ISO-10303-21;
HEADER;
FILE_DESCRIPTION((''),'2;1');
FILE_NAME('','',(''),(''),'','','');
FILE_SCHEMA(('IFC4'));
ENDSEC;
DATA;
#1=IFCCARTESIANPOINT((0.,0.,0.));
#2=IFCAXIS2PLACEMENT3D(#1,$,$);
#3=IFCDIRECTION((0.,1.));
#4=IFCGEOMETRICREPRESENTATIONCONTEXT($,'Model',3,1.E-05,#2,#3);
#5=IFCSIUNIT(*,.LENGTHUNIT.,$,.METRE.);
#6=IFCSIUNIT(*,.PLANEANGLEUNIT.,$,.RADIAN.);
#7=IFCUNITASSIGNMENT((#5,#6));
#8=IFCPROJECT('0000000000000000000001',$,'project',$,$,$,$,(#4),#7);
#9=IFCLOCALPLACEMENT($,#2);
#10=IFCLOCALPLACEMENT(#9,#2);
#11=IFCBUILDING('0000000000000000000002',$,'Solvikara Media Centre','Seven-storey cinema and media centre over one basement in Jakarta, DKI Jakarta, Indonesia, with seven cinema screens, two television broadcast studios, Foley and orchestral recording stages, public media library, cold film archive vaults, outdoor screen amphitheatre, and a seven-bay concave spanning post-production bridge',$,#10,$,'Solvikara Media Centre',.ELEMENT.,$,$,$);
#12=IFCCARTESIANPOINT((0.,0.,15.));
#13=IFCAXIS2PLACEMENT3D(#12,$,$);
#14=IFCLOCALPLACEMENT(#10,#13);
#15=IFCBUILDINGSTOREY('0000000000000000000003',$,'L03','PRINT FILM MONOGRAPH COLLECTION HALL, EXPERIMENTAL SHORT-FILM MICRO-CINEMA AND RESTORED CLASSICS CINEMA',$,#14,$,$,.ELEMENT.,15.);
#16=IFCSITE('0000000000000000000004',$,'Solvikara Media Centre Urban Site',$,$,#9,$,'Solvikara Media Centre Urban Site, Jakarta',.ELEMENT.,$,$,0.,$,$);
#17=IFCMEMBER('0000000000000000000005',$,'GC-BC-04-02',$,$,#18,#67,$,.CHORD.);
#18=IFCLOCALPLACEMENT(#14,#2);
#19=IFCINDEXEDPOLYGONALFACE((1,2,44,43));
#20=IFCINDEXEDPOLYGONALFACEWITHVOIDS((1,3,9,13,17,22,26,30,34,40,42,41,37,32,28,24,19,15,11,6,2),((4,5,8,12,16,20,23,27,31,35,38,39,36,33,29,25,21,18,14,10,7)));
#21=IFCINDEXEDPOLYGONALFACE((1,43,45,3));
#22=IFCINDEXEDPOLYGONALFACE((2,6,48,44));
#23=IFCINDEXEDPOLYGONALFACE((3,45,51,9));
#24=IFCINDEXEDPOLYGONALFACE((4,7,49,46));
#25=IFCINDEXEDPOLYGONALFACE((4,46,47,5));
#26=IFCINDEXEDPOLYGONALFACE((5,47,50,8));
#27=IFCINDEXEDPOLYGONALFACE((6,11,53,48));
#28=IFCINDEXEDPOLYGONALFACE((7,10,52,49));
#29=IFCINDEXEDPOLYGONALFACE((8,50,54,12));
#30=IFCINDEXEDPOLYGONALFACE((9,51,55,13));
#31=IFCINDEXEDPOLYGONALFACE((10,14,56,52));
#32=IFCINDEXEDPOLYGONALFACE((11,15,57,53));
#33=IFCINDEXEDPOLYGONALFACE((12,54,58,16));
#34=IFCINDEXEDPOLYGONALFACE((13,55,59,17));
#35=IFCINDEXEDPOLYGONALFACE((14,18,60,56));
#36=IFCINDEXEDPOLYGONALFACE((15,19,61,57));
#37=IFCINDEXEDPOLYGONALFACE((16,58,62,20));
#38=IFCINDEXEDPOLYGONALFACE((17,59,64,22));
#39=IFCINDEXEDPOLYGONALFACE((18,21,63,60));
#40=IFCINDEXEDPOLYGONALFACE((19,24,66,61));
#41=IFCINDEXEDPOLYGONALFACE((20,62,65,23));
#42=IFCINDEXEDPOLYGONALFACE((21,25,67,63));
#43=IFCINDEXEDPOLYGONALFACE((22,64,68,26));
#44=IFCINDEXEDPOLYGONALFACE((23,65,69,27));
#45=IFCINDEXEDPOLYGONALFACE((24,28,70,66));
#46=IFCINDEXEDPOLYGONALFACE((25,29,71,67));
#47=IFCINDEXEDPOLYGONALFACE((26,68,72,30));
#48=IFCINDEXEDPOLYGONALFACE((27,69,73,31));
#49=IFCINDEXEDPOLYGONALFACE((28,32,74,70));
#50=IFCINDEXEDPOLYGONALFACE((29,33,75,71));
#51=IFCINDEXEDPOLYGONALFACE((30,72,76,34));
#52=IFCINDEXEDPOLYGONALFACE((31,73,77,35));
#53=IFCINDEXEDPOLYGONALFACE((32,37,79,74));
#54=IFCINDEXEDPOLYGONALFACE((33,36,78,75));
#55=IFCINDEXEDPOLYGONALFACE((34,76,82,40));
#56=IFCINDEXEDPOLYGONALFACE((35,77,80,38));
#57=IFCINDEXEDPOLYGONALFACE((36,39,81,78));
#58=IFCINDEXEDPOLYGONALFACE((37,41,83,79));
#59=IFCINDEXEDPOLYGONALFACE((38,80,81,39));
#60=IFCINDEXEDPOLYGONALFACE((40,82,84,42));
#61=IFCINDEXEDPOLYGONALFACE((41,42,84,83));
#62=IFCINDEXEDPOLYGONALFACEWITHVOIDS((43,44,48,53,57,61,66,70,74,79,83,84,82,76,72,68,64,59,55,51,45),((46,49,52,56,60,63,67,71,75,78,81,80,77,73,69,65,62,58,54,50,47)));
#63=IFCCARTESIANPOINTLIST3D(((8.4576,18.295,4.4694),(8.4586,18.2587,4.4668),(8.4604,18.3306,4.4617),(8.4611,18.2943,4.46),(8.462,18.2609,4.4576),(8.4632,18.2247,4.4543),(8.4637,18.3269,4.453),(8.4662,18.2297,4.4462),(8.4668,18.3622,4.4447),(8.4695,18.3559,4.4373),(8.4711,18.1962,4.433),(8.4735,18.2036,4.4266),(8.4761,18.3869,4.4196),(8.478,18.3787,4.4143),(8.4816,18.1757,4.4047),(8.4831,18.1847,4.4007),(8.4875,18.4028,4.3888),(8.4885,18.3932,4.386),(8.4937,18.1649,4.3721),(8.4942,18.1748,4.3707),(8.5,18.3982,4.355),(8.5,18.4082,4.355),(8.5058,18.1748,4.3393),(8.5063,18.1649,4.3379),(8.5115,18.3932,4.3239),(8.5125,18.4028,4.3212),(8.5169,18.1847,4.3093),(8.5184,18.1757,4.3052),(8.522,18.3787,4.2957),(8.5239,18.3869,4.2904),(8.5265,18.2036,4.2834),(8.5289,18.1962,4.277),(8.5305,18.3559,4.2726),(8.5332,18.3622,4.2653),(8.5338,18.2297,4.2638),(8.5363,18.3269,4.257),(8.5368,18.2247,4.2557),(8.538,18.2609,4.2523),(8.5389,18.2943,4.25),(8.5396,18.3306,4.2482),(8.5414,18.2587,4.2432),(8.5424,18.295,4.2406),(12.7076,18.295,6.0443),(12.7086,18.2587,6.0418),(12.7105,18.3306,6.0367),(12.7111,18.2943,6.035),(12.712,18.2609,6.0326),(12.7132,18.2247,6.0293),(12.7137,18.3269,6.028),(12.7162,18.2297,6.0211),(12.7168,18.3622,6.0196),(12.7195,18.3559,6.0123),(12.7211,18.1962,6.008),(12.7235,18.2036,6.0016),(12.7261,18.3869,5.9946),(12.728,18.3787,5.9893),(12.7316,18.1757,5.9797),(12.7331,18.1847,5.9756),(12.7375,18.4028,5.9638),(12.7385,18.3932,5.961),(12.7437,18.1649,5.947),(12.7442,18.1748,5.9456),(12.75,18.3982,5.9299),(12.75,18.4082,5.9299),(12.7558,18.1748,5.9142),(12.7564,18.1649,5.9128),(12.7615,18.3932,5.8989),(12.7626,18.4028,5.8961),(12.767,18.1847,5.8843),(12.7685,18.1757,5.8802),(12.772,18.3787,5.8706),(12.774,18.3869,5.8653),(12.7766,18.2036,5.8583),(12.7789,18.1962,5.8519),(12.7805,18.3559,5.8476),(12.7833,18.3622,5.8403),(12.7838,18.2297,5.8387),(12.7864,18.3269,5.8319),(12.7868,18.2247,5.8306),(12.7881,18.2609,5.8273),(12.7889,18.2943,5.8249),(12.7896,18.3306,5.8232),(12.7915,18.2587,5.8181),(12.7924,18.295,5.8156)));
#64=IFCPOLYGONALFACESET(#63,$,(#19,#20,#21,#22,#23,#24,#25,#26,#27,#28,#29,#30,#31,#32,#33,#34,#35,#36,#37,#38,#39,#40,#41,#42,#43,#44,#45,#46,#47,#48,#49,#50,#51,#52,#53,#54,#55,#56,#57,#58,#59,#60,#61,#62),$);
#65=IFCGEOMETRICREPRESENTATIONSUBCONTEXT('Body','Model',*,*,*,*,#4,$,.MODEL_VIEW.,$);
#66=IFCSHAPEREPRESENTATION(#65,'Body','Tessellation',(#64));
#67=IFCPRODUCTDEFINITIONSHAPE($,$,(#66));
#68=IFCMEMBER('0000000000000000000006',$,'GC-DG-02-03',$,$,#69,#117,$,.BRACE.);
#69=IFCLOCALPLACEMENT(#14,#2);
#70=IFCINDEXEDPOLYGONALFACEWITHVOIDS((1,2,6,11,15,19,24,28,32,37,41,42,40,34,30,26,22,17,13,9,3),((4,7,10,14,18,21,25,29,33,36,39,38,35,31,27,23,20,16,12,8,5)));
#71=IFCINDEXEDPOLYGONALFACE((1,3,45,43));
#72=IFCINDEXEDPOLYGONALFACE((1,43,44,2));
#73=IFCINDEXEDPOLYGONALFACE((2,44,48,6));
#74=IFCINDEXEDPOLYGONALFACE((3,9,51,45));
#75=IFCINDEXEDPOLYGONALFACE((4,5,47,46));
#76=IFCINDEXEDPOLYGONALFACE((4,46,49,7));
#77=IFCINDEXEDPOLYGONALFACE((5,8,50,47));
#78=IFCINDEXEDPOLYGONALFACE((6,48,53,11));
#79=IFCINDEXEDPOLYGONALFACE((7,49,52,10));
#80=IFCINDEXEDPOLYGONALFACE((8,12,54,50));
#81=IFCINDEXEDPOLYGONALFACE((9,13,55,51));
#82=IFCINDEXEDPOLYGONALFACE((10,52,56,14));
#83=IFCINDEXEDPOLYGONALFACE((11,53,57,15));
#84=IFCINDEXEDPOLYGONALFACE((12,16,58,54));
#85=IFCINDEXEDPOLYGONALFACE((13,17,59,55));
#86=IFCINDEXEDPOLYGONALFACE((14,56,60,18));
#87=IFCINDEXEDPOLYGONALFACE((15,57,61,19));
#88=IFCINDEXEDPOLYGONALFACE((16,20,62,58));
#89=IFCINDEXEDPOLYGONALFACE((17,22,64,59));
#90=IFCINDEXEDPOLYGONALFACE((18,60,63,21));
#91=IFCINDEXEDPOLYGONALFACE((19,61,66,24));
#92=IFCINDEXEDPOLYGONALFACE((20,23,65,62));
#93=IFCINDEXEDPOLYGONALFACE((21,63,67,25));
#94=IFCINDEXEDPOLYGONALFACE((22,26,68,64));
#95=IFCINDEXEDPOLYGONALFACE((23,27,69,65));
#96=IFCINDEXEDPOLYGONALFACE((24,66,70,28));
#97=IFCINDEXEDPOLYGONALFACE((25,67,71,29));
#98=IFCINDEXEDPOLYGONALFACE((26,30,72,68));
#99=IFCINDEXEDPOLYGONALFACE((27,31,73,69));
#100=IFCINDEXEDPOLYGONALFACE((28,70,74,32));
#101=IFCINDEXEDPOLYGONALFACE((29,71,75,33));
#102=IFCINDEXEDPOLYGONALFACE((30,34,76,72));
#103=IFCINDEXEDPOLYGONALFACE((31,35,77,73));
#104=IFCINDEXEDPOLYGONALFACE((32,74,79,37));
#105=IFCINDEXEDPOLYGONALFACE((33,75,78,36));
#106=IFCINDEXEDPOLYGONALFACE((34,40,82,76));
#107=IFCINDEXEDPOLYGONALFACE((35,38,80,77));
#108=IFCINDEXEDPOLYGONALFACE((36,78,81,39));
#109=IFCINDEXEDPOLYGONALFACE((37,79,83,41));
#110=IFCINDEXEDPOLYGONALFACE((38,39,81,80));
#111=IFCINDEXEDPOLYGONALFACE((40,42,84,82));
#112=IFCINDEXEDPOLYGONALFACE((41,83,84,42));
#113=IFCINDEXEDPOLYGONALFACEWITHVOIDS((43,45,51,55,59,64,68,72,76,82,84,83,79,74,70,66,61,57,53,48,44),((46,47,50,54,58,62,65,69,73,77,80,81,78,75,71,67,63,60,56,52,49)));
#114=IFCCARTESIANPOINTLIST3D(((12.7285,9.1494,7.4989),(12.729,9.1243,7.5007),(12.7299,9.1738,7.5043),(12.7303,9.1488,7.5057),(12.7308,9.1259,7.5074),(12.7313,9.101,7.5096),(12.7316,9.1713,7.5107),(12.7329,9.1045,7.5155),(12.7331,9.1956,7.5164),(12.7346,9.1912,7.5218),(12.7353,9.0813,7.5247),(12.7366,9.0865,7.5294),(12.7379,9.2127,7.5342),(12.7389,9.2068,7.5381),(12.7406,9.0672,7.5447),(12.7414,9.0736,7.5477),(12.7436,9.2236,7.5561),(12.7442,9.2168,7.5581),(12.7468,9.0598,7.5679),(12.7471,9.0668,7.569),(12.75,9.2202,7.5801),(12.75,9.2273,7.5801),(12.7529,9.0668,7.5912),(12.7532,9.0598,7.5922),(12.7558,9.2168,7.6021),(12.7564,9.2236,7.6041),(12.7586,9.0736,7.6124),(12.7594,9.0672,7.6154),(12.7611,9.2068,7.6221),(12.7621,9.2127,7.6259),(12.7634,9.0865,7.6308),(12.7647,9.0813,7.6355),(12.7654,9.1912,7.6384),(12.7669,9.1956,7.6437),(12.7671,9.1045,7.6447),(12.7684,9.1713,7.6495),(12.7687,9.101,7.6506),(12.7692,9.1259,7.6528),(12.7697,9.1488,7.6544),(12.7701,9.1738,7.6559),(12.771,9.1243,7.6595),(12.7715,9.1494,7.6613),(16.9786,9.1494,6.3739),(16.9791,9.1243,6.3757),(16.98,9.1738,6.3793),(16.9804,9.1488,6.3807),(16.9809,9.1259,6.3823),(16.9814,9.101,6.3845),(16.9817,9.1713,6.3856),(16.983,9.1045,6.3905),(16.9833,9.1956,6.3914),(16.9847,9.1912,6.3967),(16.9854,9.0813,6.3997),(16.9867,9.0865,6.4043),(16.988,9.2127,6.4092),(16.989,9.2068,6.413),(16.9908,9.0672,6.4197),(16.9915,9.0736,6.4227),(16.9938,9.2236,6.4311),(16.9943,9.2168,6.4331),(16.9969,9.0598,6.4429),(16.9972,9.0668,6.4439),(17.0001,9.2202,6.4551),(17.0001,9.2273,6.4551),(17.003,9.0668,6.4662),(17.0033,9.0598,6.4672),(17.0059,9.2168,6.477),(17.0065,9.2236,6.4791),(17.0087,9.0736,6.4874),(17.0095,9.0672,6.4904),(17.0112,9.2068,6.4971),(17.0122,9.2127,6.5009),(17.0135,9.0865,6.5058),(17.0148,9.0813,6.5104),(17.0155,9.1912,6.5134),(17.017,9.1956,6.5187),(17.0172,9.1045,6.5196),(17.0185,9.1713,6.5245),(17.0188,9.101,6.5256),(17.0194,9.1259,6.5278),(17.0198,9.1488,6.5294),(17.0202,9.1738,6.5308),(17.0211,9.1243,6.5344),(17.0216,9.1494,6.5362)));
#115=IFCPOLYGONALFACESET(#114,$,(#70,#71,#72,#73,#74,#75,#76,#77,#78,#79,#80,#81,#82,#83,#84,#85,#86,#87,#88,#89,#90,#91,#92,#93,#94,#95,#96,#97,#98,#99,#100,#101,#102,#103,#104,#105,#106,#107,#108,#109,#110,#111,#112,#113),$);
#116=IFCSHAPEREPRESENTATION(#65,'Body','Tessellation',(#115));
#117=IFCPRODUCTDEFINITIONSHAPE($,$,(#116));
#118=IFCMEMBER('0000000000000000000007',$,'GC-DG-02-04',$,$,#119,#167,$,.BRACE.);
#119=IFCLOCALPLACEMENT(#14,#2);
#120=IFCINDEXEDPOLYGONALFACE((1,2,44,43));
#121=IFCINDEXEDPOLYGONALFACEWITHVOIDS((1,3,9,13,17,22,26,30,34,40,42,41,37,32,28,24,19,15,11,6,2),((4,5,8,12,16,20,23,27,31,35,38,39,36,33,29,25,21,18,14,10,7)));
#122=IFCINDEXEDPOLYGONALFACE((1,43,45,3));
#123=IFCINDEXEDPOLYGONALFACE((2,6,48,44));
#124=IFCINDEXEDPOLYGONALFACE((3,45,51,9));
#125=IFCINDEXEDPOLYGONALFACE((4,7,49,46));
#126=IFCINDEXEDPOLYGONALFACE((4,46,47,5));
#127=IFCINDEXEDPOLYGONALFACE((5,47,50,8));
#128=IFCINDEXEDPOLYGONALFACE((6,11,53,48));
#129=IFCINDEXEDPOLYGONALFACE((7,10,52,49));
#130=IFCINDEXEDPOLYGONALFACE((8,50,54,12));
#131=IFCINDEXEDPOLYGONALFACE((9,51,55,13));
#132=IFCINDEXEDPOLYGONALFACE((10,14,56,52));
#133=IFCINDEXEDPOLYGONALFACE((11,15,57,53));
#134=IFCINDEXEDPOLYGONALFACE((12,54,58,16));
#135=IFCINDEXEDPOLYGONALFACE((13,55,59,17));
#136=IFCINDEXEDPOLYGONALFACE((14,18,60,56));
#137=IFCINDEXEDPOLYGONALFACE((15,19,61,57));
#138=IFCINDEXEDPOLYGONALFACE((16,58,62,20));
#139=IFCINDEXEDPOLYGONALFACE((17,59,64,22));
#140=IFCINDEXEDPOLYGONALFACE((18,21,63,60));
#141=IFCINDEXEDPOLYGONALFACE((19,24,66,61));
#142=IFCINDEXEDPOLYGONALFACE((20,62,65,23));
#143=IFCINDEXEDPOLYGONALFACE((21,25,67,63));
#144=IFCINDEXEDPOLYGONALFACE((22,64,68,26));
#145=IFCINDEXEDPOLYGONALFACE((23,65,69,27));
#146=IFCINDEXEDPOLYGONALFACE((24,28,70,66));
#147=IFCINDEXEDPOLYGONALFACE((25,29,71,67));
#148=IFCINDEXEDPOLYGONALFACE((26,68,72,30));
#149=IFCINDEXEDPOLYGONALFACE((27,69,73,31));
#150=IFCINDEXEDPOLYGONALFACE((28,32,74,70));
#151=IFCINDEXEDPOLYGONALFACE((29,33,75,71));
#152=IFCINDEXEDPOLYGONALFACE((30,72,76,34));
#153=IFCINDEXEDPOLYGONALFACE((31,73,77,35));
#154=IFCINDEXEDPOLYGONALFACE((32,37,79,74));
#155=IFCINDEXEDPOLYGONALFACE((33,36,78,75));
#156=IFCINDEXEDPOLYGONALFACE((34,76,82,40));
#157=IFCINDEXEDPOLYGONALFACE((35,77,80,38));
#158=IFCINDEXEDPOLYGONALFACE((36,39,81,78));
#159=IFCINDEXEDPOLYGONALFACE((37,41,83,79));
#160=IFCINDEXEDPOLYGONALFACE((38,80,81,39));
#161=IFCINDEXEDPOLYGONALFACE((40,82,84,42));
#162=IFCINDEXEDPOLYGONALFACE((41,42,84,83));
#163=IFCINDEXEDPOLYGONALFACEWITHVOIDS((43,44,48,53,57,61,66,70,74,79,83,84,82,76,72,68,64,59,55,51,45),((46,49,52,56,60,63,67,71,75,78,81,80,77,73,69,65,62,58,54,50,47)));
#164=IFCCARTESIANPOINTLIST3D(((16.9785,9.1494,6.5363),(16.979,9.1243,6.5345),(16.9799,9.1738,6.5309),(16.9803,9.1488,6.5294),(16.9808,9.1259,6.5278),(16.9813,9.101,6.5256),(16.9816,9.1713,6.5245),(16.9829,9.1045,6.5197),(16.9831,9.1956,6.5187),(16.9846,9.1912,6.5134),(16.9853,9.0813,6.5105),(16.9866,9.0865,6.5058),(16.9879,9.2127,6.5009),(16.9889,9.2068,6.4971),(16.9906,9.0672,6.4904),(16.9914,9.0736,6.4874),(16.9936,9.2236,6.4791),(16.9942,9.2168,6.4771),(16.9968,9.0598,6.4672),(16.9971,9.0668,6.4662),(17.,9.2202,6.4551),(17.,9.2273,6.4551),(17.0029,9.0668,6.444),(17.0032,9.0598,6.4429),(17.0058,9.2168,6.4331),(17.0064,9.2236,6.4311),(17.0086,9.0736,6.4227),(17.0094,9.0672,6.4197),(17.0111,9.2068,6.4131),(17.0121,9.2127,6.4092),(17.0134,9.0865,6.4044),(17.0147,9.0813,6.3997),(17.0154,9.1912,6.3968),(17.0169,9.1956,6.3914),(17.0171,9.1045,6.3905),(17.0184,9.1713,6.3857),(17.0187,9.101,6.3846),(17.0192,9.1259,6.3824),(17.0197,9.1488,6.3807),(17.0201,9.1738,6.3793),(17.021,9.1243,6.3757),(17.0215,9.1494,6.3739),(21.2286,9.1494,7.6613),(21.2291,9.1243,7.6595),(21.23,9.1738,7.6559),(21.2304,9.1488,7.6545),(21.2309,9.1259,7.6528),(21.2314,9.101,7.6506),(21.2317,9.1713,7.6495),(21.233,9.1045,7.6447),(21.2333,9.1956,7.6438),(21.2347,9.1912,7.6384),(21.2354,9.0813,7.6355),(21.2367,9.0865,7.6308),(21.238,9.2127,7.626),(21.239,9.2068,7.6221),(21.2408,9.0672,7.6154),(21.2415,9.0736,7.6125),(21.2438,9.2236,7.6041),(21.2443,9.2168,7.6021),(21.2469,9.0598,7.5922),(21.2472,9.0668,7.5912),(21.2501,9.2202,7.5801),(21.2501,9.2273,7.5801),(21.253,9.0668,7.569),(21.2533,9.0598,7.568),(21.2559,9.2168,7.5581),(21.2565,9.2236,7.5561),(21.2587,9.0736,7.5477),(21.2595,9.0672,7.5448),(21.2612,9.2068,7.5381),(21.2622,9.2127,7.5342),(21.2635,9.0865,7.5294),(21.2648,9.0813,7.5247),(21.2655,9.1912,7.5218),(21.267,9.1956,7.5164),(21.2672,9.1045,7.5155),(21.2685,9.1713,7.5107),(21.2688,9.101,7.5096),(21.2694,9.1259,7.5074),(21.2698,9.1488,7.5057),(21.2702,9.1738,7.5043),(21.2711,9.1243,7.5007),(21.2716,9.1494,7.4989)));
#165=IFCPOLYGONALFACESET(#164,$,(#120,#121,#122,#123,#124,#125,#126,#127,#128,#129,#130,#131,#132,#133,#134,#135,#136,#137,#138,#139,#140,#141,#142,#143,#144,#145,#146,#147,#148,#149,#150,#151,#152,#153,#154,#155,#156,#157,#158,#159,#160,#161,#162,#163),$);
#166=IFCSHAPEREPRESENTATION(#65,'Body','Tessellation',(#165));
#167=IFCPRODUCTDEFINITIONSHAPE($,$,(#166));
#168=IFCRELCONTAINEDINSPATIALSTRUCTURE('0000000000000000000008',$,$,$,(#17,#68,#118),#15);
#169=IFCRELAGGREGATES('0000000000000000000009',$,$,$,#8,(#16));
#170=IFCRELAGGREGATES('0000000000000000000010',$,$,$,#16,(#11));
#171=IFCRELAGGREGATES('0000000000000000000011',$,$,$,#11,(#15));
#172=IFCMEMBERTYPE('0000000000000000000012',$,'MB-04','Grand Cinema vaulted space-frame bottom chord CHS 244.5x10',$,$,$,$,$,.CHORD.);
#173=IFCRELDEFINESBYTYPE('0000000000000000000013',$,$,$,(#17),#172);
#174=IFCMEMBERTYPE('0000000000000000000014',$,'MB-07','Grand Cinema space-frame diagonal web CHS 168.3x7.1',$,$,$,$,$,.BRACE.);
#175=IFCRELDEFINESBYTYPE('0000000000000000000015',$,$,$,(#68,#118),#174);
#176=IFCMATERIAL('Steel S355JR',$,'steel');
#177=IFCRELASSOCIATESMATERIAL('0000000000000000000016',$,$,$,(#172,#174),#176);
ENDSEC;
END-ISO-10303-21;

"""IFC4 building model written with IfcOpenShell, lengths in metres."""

from ifc_helpers import new_model, si_unit, direction, frame, origin, origin_2d, place, context, subcontext, project, spatial, hollow_circle, extrude, material, material_profile, profile_set, type_object, element, save


model = new_model("IFC4")

# Units and contexts
model_context = context("Model", 3, precision=1e-05, world=origin(), true_north=direction((0.0, 1.0)))
body_context = subcontext(model_context, "Body", "Model", "MODEL_VIEW")
ifc_project = project(units=[si_unit("LENGTHUNIT", "METRE"), si_unit("PLANEANGLEUNIT", "RADIAN")], contexts=[model_context])

# Site, building, storey
site_placement = place(None, origin())
site = spatial("IfcSite", under=ifc_project, at=site_placement, Name="Solvikara Media Centre Urban Site", LongName="Solvikara Media Centre Urban Site, Jakarta", CompositionType="ELEMENT", RefElevation=0.0)
building_placement = place(site_placement, origin())
building = spatial("IfcBuilding", under=site, at=building_placement, Name="Solvikara Media Centre", Description="Seven-storey cinema and media centre over one basement in Jakarta, DKI Jakarta, Indonesia, with seven cinema screens, two television broadcast studios, Foley and orchestral recording stages, public media library, cold film archive vaults, outdoor screen amphitheatre, and a seven-bay concave spanning post-production bridge", LongName="Solvikara Media Centre", CompositionType="ELEMENT")
storey_placement = place(building_placement, frame((0.0, 0.0, 15.0)))
storey = spatial("IfcBuildingStorey", under=building, at=storey_placement, Name="L03", Description="PRINT FILM MONOGRAPH COLLECTION HALL, EXPERIMENTAL SHORT-FILM MICRO-CINEMA AND RESTORED CLASSICS CINEMA", CompositionType="ELEMENT", Elevation=15.0)

# Members
ifc_material = material(Name="Steel S355JR", Category="steel")
ifc_material_profile_1 = material_profile(ifc_material, hollow_circle(Radius=0.1223, WallThickness=0.01, at=origin_2d()), Name="CHS 244.5x10")
ifc_profile_set_1 = profile_set([ifc_material_profile_1], Name="Steel S355JR")
member_type_1 = type_object("IfcMemberType", Name="MB-04", Description="Grand Cinema vaulted space-frame bottom chord CHS 244.5x10", PredefinedType="CHORD", material=ifc_profile_set_1)
member_1_placement = place(storey_placement, frame((8.5, 18.2859, 4.355), z_axis=(0.937686, 0.0, 0.347485), x_axis=(0.0, 1.0, 0.0)))
element("IfcMember", 1, at=member_1_placement, inside=storey, type_object=member_type_1, Name="GC-BC-04-02", PredefinedType="CHORD", context=body_context, shape_type="SweptSolid", body=[
    extrude(hollow_circle(Radius=0.1223, WallThickness=0.01, at=origin_2d()), origin(), (0.0, 0.0, 1.0), 4.5325),
])
ifc_material_profile_2 = material_profile(ifc_material, hollow_circle(Radius=0.0842, WallThickness=0.0071, at=origin_2d()), Name="CHS 168.3x7.1")
ifc_profile_set_2 = profile_set([ifc_material_profile_2], Name="Steel S355JR")
member_type_2 = type_object("IfcMemberType", Name="MB-07", Description="Grand Cinema space-frame diagonal web CHS 168.3x7.1", PredefinedType="BRACE", material=ifc_profile_set_2)
for number, where, z_axis, x_axis, name in (
    (2, (12.75, 9.1431, 7.5801), (0.966705, 0.0, -0.255893), (0.0, 1.0, 0.0), "GC-DG-02-03"),
    (3, (17.0, 9.1431, 6.4551), (0.966705, 0.0, 0.255893), (0.0, 1.0, 0.0), "GC-DG-02-04"),
):
    element("IfcMember", number, at=place(storey_placement, frame(where, z_axis=z_axis, x_axis=x_axis)), inside=storey, type_object=member_type_2, Name=name, PredefinedType="BRACE", context=body_context, shape_type="SweptSolid", body=[
        extrude(hollow_circle(Radius=0.0842, WallThickness=0.0071, at=origin_2d()), origin(), (0.0, 0.0, 1.0), 4.3965),
    ])

save(model, "model.ifc")
